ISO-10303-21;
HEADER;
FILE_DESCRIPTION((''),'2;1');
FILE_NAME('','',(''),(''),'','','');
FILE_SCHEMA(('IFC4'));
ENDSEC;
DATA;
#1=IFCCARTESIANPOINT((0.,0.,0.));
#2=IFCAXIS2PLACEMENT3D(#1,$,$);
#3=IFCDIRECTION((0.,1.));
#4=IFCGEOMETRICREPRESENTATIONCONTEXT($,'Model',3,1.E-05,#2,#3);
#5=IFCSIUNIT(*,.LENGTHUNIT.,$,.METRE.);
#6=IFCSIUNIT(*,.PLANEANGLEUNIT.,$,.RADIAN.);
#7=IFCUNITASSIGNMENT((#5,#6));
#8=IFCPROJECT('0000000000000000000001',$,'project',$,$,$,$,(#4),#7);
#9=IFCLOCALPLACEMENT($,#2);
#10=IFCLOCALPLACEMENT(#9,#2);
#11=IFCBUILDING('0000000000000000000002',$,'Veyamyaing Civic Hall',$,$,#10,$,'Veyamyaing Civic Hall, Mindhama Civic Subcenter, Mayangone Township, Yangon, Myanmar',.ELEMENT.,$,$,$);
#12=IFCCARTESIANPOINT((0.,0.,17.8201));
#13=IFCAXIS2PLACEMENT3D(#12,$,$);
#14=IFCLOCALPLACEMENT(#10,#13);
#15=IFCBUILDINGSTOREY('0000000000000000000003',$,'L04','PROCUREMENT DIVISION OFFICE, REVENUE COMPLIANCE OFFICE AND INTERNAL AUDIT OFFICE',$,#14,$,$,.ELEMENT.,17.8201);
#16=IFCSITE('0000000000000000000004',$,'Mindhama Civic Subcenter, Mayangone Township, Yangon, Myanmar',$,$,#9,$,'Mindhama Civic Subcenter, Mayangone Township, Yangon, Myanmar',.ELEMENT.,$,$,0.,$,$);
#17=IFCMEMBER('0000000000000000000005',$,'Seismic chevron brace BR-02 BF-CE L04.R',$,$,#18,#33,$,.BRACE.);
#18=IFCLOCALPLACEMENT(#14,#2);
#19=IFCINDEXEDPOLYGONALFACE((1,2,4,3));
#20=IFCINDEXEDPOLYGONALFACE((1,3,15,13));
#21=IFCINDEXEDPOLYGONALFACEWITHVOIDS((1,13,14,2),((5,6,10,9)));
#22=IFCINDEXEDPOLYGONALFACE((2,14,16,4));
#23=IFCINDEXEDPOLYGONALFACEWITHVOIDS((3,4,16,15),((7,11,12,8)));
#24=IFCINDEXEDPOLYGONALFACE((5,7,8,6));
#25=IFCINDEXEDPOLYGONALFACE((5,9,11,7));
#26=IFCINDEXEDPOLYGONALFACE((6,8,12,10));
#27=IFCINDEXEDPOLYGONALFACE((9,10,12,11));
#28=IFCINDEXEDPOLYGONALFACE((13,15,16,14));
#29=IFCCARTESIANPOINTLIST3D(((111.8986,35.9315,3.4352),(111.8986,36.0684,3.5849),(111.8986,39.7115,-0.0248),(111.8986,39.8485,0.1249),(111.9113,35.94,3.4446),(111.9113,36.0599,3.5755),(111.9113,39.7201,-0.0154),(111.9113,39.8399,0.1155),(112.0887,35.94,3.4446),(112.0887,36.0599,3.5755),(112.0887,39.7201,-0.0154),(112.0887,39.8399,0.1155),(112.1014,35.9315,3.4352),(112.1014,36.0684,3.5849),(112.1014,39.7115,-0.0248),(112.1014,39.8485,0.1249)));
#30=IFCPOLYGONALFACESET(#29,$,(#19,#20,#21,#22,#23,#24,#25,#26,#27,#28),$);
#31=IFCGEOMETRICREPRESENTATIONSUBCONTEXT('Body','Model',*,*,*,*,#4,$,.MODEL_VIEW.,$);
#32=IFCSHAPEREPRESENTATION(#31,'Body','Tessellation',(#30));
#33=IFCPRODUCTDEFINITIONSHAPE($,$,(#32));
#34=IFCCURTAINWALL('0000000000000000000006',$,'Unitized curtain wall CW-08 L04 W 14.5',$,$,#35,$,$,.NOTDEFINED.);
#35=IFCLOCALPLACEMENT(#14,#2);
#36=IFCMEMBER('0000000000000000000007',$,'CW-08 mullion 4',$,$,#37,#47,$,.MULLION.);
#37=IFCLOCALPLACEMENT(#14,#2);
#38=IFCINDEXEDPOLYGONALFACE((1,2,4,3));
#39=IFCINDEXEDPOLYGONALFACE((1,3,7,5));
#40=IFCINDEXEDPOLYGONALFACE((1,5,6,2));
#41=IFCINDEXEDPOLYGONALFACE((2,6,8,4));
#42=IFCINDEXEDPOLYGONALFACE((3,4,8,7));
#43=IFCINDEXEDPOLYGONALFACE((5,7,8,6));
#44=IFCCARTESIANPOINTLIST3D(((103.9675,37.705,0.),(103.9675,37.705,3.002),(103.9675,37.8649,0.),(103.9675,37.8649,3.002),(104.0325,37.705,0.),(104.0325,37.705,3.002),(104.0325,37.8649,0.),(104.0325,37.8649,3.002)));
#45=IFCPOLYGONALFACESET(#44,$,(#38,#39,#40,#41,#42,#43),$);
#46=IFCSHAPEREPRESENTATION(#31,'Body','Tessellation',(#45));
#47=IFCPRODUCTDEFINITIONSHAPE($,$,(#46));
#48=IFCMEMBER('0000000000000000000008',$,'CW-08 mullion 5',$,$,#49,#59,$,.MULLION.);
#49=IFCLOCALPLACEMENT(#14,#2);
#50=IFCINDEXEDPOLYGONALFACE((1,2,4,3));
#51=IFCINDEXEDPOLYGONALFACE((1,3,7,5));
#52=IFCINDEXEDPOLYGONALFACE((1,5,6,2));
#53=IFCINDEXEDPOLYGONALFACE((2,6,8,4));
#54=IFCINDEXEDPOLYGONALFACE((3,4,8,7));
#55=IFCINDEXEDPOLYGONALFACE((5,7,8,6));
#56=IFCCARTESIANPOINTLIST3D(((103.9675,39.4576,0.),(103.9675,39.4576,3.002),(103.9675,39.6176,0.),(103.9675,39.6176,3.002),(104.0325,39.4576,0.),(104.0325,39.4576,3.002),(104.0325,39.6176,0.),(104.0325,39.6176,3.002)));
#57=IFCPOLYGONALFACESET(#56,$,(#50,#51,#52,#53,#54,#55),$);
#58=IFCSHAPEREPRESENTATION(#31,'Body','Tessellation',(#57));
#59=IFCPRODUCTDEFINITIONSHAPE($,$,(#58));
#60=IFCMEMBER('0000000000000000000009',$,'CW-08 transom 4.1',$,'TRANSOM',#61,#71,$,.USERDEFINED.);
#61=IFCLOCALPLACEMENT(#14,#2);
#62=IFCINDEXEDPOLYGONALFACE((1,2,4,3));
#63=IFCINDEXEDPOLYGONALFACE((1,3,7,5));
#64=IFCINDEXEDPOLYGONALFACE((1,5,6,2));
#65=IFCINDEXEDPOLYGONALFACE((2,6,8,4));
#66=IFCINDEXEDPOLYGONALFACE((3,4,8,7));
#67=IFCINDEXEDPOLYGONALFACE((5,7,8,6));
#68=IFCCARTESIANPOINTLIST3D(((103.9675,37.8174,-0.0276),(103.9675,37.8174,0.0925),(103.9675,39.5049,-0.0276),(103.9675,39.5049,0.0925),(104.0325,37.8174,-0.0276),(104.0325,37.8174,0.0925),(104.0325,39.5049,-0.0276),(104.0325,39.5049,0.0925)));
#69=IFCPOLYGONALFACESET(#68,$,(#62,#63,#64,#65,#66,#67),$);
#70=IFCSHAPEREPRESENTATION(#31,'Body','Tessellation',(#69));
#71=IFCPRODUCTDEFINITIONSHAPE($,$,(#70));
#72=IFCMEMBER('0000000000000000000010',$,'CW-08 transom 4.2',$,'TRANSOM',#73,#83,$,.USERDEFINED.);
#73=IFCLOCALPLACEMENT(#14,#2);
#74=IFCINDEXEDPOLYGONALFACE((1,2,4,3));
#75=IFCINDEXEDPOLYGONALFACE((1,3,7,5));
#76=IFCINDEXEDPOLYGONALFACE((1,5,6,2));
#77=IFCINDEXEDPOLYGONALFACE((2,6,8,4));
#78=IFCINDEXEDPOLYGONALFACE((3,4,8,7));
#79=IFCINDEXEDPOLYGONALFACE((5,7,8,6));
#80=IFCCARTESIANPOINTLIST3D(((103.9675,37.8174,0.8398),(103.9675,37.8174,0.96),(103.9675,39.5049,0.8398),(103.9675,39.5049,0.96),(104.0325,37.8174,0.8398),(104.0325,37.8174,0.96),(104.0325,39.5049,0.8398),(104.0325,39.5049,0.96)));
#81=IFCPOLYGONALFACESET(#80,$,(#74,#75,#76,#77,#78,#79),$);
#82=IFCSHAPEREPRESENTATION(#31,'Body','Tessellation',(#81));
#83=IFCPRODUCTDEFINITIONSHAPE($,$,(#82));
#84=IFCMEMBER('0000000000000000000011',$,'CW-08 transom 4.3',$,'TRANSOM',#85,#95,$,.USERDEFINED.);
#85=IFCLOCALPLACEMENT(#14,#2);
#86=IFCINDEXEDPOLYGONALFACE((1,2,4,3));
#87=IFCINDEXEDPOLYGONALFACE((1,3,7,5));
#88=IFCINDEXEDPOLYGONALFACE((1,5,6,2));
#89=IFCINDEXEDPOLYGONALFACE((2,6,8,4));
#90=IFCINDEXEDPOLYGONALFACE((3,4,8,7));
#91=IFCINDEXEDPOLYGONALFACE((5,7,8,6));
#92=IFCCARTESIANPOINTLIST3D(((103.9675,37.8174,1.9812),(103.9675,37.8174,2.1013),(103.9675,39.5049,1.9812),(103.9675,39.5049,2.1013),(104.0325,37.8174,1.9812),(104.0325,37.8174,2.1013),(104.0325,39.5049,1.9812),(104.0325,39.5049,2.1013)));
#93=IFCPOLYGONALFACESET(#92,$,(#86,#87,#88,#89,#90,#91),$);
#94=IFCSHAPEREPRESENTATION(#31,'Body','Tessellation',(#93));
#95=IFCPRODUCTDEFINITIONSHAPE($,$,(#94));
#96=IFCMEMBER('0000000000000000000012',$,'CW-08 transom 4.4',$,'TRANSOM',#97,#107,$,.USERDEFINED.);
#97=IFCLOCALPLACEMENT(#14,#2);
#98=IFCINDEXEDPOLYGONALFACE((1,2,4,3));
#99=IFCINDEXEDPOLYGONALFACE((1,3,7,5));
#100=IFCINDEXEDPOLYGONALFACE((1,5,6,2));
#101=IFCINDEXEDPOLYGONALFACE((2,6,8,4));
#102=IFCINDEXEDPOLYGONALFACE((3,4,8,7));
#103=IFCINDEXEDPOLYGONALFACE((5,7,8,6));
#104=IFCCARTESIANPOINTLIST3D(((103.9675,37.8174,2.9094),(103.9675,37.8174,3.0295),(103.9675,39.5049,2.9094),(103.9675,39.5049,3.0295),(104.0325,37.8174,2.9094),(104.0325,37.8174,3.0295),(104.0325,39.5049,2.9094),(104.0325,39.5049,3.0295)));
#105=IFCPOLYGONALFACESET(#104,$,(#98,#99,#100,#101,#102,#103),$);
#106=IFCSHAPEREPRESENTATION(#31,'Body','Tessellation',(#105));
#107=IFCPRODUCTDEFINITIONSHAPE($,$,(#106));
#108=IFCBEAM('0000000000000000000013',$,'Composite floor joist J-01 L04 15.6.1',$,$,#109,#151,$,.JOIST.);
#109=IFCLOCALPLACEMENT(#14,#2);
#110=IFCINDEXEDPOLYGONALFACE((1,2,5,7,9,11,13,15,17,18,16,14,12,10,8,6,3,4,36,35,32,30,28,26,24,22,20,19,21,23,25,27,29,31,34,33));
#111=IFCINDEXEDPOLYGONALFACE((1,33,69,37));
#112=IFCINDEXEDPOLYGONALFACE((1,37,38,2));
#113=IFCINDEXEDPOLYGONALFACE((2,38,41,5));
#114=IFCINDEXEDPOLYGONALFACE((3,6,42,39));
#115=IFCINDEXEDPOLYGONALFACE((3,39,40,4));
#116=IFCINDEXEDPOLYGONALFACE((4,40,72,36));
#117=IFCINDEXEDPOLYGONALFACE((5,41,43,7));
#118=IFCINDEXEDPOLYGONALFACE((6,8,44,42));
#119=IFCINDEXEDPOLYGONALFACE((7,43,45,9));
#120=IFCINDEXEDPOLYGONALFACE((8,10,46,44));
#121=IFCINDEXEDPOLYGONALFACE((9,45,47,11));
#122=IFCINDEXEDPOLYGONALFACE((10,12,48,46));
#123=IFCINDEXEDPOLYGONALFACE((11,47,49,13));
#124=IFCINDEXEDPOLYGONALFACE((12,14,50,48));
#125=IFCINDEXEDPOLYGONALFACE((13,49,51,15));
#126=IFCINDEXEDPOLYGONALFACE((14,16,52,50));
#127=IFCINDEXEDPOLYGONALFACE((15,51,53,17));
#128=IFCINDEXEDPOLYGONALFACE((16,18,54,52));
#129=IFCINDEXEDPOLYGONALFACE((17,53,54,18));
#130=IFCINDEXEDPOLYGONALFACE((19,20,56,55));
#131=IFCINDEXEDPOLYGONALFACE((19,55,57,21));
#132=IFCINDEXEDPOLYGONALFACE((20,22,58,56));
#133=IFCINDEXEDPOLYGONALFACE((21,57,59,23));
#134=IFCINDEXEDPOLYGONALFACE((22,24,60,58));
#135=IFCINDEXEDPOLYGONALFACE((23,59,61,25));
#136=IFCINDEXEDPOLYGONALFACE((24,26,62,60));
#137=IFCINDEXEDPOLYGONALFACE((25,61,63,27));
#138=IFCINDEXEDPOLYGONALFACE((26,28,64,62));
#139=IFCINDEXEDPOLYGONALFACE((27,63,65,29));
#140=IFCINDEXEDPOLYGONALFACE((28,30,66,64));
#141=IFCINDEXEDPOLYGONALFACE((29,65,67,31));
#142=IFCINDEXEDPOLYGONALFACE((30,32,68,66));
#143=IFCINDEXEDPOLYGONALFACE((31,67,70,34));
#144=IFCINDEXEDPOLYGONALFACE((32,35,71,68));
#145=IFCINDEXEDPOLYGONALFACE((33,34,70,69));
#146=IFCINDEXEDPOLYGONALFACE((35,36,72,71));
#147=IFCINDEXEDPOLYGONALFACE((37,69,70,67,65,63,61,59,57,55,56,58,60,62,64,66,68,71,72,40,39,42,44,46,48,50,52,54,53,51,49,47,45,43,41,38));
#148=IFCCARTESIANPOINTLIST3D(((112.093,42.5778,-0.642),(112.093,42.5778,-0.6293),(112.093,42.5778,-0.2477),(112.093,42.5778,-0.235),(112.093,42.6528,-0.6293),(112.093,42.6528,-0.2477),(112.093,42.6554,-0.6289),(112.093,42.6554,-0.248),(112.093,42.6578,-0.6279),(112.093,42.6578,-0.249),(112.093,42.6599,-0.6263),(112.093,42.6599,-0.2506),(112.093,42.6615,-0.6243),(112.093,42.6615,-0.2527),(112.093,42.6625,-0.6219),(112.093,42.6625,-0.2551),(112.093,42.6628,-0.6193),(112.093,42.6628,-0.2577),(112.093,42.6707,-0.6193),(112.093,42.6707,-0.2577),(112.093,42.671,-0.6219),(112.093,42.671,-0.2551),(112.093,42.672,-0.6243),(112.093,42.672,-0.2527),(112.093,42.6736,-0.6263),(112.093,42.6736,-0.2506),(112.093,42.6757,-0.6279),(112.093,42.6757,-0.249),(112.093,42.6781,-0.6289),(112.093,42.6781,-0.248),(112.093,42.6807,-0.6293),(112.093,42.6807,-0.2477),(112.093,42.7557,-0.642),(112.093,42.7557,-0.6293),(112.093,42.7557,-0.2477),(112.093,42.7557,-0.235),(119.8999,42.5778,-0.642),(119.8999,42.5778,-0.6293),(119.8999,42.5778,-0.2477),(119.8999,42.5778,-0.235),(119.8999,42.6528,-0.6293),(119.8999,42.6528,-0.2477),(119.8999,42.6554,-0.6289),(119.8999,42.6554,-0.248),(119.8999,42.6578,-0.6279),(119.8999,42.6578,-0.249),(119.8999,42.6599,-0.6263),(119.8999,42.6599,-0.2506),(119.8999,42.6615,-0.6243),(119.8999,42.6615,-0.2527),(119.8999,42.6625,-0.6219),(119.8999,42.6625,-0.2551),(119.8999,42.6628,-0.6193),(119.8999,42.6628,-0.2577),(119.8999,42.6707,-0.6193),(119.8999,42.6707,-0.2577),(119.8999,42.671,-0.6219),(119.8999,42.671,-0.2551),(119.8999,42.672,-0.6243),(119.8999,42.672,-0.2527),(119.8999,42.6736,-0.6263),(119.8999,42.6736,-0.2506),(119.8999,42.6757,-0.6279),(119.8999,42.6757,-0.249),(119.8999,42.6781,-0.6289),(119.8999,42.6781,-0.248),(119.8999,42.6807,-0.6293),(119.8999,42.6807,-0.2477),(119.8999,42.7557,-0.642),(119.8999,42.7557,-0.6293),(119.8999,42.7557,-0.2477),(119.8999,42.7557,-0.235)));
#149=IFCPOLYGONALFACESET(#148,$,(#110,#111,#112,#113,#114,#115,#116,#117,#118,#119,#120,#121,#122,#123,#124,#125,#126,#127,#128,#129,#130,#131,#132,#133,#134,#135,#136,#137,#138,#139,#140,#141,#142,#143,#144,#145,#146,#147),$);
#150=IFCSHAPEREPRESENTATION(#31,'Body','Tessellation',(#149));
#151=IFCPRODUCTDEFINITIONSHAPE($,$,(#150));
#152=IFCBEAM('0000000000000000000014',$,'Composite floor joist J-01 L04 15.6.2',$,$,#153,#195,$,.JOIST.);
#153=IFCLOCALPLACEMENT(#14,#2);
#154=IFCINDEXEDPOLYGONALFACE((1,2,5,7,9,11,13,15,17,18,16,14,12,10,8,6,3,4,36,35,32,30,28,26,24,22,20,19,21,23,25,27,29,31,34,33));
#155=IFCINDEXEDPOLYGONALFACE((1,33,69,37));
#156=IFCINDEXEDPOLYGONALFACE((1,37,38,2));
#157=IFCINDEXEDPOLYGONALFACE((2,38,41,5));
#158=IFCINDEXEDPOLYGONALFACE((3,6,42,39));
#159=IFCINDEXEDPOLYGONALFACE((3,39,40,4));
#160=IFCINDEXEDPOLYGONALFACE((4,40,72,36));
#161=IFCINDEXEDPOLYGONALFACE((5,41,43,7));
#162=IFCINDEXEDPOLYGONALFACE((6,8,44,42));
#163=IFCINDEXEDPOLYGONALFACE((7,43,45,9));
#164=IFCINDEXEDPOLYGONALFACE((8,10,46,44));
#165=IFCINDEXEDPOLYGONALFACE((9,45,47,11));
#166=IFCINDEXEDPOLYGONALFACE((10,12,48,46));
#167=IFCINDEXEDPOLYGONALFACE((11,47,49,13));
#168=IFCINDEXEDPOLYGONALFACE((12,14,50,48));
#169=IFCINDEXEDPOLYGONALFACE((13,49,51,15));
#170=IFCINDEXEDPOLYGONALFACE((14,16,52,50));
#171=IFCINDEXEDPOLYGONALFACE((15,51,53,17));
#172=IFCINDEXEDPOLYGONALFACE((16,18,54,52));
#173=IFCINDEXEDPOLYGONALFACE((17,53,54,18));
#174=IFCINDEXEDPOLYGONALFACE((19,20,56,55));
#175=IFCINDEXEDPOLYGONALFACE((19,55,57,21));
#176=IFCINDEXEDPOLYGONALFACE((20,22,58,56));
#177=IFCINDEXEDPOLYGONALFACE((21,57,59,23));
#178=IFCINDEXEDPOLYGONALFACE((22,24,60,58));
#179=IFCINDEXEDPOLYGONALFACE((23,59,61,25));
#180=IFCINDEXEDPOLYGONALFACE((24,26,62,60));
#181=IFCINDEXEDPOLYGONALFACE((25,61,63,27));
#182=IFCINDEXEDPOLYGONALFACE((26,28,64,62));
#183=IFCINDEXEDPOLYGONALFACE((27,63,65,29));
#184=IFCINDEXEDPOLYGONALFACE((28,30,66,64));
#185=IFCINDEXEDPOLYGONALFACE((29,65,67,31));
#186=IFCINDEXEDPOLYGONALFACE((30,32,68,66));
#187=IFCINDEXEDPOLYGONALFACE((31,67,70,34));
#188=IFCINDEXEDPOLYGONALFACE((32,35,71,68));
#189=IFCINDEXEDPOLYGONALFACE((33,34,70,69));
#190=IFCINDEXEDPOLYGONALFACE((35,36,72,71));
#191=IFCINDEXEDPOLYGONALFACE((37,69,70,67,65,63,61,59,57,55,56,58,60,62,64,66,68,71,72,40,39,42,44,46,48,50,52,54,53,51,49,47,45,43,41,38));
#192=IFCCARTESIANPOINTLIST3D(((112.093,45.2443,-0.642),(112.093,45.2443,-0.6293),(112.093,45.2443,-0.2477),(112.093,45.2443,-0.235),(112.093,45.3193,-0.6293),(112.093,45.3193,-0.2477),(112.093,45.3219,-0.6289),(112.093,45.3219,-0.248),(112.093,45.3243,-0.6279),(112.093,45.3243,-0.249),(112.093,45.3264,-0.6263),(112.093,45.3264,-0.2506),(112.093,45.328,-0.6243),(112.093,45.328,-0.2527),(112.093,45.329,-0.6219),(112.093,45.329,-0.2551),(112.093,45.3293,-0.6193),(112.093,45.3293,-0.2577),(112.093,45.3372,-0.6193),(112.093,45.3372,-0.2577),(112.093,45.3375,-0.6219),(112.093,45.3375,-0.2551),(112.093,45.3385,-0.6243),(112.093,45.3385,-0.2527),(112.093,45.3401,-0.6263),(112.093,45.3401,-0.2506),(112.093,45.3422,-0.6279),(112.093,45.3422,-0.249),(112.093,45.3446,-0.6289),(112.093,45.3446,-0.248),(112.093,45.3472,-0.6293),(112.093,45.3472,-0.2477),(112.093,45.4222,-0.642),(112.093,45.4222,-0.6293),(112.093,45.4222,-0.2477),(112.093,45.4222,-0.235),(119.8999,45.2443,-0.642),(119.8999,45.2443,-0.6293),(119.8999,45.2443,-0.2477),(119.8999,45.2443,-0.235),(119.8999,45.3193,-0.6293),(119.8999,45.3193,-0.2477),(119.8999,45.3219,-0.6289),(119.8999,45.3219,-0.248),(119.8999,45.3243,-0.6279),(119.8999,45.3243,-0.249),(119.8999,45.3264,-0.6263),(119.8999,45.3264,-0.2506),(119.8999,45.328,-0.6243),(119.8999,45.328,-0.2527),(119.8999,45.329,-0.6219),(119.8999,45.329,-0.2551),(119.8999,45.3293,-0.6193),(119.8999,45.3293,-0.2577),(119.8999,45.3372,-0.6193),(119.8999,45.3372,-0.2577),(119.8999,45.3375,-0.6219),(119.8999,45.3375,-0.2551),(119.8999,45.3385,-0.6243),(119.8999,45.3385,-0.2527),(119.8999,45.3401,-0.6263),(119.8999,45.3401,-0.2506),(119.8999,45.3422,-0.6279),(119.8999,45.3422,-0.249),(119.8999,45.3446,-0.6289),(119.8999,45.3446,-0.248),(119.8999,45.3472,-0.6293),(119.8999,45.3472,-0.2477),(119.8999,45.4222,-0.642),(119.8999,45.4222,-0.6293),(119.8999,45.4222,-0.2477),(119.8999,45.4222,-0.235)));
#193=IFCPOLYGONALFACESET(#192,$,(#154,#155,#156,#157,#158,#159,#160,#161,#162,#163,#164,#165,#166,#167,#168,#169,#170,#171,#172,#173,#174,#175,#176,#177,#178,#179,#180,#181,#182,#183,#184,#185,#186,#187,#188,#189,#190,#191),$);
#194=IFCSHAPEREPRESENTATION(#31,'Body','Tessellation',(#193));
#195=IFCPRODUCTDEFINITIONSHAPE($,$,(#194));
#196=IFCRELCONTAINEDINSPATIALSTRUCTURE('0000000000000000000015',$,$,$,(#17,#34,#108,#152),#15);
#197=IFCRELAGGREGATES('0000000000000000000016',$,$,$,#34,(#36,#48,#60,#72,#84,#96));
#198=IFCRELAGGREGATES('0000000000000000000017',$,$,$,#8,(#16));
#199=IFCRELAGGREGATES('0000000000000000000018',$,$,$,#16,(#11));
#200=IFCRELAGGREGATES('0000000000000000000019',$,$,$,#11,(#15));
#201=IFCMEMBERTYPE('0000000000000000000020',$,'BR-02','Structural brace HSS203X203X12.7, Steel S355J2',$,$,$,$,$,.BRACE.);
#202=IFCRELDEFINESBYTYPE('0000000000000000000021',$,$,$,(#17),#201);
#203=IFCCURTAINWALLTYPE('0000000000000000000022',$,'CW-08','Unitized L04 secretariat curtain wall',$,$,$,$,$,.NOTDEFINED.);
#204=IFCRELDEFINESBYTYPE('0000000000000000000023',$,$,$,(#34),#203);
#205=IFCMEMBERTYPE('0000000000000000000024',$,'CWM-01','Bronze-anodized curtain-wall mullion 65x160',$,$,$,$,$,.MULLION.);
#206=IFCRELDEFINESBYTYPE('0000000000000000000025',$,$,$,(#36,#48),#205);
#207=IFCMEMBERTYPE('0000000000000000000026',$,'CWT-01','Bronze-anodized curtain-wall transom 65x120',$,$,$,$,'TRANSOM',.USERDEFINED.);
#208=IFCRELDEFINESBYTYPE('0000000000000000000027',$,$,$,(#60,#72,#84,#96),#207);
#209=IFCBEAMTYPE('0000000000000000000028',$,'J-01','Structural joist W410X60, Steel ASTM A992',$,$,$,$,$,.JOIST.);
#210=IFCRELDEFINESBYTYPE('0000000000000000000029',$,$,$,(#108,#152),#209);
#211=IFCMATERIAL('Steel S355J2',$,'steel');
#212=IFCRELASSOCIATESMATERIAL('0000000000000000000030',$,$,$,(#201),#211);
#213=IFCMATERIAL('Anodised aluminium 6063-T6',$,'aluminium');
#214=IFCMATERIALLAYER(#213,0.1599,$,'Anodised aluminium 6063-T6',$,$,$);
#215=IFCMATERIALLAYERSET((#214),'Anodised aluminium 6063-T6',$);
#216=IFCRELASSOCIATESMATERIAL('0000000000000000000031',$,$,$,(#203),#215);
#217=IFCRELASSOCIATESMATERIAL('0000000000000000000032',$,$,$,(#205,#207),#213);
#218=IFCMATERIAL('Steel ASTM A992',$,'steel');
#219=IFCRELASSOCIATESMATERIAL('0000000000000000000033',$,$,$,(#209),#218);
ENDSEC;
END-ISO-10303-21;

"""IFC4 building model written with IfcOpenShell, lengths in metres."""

from ifc_helpers import new_model, si_unit, direction, frame, origin, origin_2d, place, context, subcontext, project, spatial, rectangle, hollow_rectangle, i_section, extrude, material, layer, layer_set, material_profile, profile_set, type_object, element, aggregate, save


model = new_model("IFC4")

# Units and contexts
model_context = context("Model", 3, precision=1e-05, world=origin(), true_north=direction((0.0, 1.0)))
body_context = subcontext(model_context, "Body", "Model", "MODEL_VIEW")
ifc_project = project(units=[si_unit("LENGTHUNIT", "METRE"), si_unit("PLANEANGLEUNIT", "RADIAN")], contexts=[model_context])

# Site, building, storey
site_placement = place(None, origin())
site = spatial("IfcSite", under=ifc_project, at=site_placement, Name="Mindhama Civic Subcenter, Mayangone Township, Yangon, Myanmar", LongName="Mindhama Civic Subcenter, Mayangone Township, Yangon, Myanmar", CompositionType="ELEMENT", RefElevation=0.0)
building_placement = place(site_placement, origin())
building = spatial("IfcBuilding", under=site, at=building_placement, Name="Veyamyaing Civic Hall", LongName="Veyamyaing Civic Hall, Mindhama Civic Subcenter, Mayangone Township, Yangon, Myanmar", CompositionType="ELEMENT")
storey_placement = place(building_placement, frame((0.0, 0.0, 17.8201)))
storey = spatial("IfcBuildingStorey", under=building, at=storey_placement, Name="L04", Description="PROCUREMENT DIVISION OFFICE, REVENUE COMPLIANCE OFFICE AND INTERNAL AUDIT OFFICE", CompositionType="ELEMENT", Elevation=17.8201)

# Shared definitions
ifc_material_1 = material(Name="Steel ASTM A992", Category="steel")

# Member
ifc_material_2 = material(Name="Steel S355J2", Category="steel")
ifc_material_profile_1 = material_profile(ifc_material_2, hollow_rectangle(XDim=0.2029, YDim=0.2029, WallThickness=0.0127, at=origin_2d()), Name="HSS203X203X12.7")
ifc_profile_set_1 = profile_set([ifc_material_profile_1], Name="Steel S355J2")
member_type_1 = type_object("IfcMemberType", Name="BR-02", Description="Structural brace HSS203X203X12.7, Steel S355J2", PredefinedType="BRACE", material=ifc_profile_set_1)
member_1_placement = place(storey_placement, frame((112.0, 39.78, 0.05), z_axis=(0.0, -0.737646, 0.675187), x_axis=(1.0, 0.0, 0.0)))
element("IfcMember", 1, at=member_1_placement, inside=storey, type_object=member_type_1, Name="Seismic chevron brace BR-02 BF-CE L04.R", PredefinedType="BRACE", context=body_context, shape_type="SweptSolid", body=[
    extrude(hollow_rectangle(XDim=0.2029, YDim=0.2029, WallThickness=0.0127, at=origin_2d()), origin(), (0.0, 0.0, 1.0), 5.1245),
])

# Curtain wall, members
ifc_material_3 = material(Name="Anodised aluminium 6063-T6", Category="aluminium")
ifc_layer_1 = layer(ifc_material_3, 0.1599, Name="Anodised aluminium 6063-T6")
ifc_layer_set_1 = layer_set([ifc_layer_1], Name="Anodised aluminium 6063-T6")
curtain_wall_type = type_object("IfcCurtainWallType", Name="CW-08", Description="Unitized L04 secretariat curtain wall", PredefinedType="NOTDEFINED", material=ifc_layer_set_1)
curtain_wall_placement = place(storey_placement, origin())
curtain_wall = element("IfcCurtainWall", 2, at=curtain_wall_placement, inside=storey, type_object=curtain_wall_type, Name="Unitized curtain wall CW-08 L04 W 14.5", PredefinedType="NOTDEFINED")
ifc_material_profile_2 = material_profile(ifc_material_3, rectangle(XDim=0.0649, YDim=0.1599, at=origin_2d()), Name="ALU-MUL-65X160")
ifc_profile_set_2 = profile_set([ifc_material_profile_2], Name="Anodised aluminium 6063-T6")
member_type_2 = type_object("IfcMemberType", Name="CWM-01", Description="Bronze-anodized curtain-wall mullion 65x160", PredefinedType="MULLION", material=ifc_profile_set_2)
member_2_placement = place(storey_placement, frame((104.0, 37.7849, 0.0), z_axis=(0.0, 0.0, 1.0), x_axis=(-1.0, 0.0, 0.0)))
member_2 = element("IfcMember", 3, at=member_2_placement, type_object=member_type_2, Name="CW-08 mullion 4", PredefinedType="MULLION", context=body_context, shape_type="SweptSolid", body=[
    extrude(rectangle(XDim=0.0649, YDim=0.1599, at=origin_2d()), origin(), (0.0, 0.0, 1.0), 3.002),
])
member_3_placement = place(storey_placement, frame((104.0, 39.5376, 0.0), z_axis=(0.0, 0.0, 1.0), x_axis=(-1.0, 0.0, 0.0)))
member_3 = element("IfcMember", 4, at=member_3_placement, type_object=member_type_2, Name="CW-08 mullion 5", PredefinedType="MULLION", context=body_context, shape_type="SweptSolid", body=[
    extrude(rectangle(XDim=0.0649, YDim=0.1599, at=origin_2d()), origin(), (0.0, 0.0, 1.0), 3.002),
])
ifc_material_profile_3 = material_profile(ifc_material_3, rectangle(XDim=0.0649, YDim=0.1201, at=origin_2d()), Name="ALU-TRN-65X120")
ifc_profile_set_3 = profile_set([ifc_material_profile_3], Name="Anodised aluminium 6063-T6")
member_type_3 = type_object("IfcMemberType", Name="CWT-01", Description="Bronze-anodized curtain-wall transom 65x120", ElementType="TRANSOM", PredefinedType="USERDEFINED", material=ifc_profile_set_3)
member_4_placement = place(storey_placement, frame((104.0, 37.8174, 0.0325), z_axis=(0.0, 1.0, 0.0), x_axis=(-1.0, 0.0, 0.0)))
member_4 = element("IfcMember", 5, at=member_4_placement, type_object=member_type_3, Name="CW-08 transom 4.1", ObjectType="TRANSOM", PredefinedType="USERDEFINED", context=body_context, shape_type="SweptSolid", body=[
    extrude(rectangle(XDim=0.0649, YDim=0.1201, at=origin_2d()), origin(), (0.0, 0.0, 1.0), 1.6875),
])
member_5_placement = place(storey_placement, frame((104.0, 37.8174, 0.8999), z_axis=(0.0, 1.0, 0.0), x_axis=(-1.0, 0.0, 0.0)))
member_5 = element("IfcMember", 6, at=member_5_placement, type_object=member_type_3, Name="CW-08 transom 4.2", ObjectType="TRANSOM", PredefinedType="USERDEFINED", context=body_context, shape_type="SweptSolid", body=[
    extrude(rectangle(XDim=0.0649, YDim=0.1201, at=origin_2d()), origin(), (0.0, 0.0, 1.0), 1.6875),
])
member_6_placement = place(storey_placement, frame((104.0, 37.8174, 2.0413), z_axis=(0.0, 1.0, 0.0), x_axis=(-1.0, 0.0, 0.0)))
member_6 = element("IfcMember", 7, at=member_6_placement, type_object=member_type_3, Name="CW-08 transom 4.3", ObjectType="TRANSOM", PredefinedType="USERDEFINED", context=body_context, shape_type="SweptSolid", body=[
    extrude(rectangle(XDim=0.0649, YDim=0.1201, at=origin_2d()), origin(), (0.0, 0.0, 1.0), 1.6875),
])
member_7_placement = place(storey_placement, frame((104.0, 37.8174, 2.9695), z_axis=(0.0, 1.0, 0.0), x_axis=(-1.0, 0.0, 0.0)))
member_7 = element("IfcMember", 8, at=member_7_placement, type_object=member_type_3, Name="CW-08 transom 4.4", ObjectType="TRANSOM", PredefinedType="USERDEFINED", context=body_context, shape_type="SweptSolid", body=[
    extrude(rectangle(XDim=0.0649, YDim=0.1201, at=origin_2d()), origin(), (0.0, 0.0, 1.0), 1.6875),
])

# Beams
ifc_material_profile_4 = material_profile(ifc_material_1, i_section(OverallWidth=0.178, OverallDepth=0.407, WebThickness=0.0078, FlangeThickness=0.0127, FilletRadius=0.01, at=origin_2d()), Name="W410X60")
ifc_profile_set_4 = profile_set([ifc_material_profile_4], Name="Steel ASTM A992")
beam_type_1 = type_object("IfcBeamType", Name="J-01", Description="Structural joist W410X60, Steel ASTM A992", PredefinedType="JOIST", material=ifc_profile_set_4)
for number, where, z_axis, x_axis, name in (
    (9, (112.093, 42.6667, -0.4385), (1.0, 0.0, 0.0), (0.0, 1.0, 0.0), "Composite floor joist J-01 L04 15.6.1"),
    (10, (112.093, 45.3333, -0.4385), (1.0, 0.0, 0.0), (0.0, 1.0, 0.0), "Composite floor joist J-01 L04 15.6.2"),
):
    element("IfcBeam", number, at=place(storey_placement, frame(where, z_axis=z_axis, x_axis=x_axis)), inside=storey, type_object=beam_type_1, Name=name, PredefinedType="JOIST", context=body_context, shape_type="SweptSolid", body=[
        extrude(i_section(OverallWidth=0.178, OverallDepth=0.407, WebThickness=0.0078, FlangeThickness=0.0127, FilletRadius=0.01, at=origin_2d()), origin(), (0.0, 0.0, 1.0), 7.8069),
    ])

aggregate(curtain_wall, [member_2, member_3, member_4, member_5, member_6, member_7])

save(model, "model.ifc")
